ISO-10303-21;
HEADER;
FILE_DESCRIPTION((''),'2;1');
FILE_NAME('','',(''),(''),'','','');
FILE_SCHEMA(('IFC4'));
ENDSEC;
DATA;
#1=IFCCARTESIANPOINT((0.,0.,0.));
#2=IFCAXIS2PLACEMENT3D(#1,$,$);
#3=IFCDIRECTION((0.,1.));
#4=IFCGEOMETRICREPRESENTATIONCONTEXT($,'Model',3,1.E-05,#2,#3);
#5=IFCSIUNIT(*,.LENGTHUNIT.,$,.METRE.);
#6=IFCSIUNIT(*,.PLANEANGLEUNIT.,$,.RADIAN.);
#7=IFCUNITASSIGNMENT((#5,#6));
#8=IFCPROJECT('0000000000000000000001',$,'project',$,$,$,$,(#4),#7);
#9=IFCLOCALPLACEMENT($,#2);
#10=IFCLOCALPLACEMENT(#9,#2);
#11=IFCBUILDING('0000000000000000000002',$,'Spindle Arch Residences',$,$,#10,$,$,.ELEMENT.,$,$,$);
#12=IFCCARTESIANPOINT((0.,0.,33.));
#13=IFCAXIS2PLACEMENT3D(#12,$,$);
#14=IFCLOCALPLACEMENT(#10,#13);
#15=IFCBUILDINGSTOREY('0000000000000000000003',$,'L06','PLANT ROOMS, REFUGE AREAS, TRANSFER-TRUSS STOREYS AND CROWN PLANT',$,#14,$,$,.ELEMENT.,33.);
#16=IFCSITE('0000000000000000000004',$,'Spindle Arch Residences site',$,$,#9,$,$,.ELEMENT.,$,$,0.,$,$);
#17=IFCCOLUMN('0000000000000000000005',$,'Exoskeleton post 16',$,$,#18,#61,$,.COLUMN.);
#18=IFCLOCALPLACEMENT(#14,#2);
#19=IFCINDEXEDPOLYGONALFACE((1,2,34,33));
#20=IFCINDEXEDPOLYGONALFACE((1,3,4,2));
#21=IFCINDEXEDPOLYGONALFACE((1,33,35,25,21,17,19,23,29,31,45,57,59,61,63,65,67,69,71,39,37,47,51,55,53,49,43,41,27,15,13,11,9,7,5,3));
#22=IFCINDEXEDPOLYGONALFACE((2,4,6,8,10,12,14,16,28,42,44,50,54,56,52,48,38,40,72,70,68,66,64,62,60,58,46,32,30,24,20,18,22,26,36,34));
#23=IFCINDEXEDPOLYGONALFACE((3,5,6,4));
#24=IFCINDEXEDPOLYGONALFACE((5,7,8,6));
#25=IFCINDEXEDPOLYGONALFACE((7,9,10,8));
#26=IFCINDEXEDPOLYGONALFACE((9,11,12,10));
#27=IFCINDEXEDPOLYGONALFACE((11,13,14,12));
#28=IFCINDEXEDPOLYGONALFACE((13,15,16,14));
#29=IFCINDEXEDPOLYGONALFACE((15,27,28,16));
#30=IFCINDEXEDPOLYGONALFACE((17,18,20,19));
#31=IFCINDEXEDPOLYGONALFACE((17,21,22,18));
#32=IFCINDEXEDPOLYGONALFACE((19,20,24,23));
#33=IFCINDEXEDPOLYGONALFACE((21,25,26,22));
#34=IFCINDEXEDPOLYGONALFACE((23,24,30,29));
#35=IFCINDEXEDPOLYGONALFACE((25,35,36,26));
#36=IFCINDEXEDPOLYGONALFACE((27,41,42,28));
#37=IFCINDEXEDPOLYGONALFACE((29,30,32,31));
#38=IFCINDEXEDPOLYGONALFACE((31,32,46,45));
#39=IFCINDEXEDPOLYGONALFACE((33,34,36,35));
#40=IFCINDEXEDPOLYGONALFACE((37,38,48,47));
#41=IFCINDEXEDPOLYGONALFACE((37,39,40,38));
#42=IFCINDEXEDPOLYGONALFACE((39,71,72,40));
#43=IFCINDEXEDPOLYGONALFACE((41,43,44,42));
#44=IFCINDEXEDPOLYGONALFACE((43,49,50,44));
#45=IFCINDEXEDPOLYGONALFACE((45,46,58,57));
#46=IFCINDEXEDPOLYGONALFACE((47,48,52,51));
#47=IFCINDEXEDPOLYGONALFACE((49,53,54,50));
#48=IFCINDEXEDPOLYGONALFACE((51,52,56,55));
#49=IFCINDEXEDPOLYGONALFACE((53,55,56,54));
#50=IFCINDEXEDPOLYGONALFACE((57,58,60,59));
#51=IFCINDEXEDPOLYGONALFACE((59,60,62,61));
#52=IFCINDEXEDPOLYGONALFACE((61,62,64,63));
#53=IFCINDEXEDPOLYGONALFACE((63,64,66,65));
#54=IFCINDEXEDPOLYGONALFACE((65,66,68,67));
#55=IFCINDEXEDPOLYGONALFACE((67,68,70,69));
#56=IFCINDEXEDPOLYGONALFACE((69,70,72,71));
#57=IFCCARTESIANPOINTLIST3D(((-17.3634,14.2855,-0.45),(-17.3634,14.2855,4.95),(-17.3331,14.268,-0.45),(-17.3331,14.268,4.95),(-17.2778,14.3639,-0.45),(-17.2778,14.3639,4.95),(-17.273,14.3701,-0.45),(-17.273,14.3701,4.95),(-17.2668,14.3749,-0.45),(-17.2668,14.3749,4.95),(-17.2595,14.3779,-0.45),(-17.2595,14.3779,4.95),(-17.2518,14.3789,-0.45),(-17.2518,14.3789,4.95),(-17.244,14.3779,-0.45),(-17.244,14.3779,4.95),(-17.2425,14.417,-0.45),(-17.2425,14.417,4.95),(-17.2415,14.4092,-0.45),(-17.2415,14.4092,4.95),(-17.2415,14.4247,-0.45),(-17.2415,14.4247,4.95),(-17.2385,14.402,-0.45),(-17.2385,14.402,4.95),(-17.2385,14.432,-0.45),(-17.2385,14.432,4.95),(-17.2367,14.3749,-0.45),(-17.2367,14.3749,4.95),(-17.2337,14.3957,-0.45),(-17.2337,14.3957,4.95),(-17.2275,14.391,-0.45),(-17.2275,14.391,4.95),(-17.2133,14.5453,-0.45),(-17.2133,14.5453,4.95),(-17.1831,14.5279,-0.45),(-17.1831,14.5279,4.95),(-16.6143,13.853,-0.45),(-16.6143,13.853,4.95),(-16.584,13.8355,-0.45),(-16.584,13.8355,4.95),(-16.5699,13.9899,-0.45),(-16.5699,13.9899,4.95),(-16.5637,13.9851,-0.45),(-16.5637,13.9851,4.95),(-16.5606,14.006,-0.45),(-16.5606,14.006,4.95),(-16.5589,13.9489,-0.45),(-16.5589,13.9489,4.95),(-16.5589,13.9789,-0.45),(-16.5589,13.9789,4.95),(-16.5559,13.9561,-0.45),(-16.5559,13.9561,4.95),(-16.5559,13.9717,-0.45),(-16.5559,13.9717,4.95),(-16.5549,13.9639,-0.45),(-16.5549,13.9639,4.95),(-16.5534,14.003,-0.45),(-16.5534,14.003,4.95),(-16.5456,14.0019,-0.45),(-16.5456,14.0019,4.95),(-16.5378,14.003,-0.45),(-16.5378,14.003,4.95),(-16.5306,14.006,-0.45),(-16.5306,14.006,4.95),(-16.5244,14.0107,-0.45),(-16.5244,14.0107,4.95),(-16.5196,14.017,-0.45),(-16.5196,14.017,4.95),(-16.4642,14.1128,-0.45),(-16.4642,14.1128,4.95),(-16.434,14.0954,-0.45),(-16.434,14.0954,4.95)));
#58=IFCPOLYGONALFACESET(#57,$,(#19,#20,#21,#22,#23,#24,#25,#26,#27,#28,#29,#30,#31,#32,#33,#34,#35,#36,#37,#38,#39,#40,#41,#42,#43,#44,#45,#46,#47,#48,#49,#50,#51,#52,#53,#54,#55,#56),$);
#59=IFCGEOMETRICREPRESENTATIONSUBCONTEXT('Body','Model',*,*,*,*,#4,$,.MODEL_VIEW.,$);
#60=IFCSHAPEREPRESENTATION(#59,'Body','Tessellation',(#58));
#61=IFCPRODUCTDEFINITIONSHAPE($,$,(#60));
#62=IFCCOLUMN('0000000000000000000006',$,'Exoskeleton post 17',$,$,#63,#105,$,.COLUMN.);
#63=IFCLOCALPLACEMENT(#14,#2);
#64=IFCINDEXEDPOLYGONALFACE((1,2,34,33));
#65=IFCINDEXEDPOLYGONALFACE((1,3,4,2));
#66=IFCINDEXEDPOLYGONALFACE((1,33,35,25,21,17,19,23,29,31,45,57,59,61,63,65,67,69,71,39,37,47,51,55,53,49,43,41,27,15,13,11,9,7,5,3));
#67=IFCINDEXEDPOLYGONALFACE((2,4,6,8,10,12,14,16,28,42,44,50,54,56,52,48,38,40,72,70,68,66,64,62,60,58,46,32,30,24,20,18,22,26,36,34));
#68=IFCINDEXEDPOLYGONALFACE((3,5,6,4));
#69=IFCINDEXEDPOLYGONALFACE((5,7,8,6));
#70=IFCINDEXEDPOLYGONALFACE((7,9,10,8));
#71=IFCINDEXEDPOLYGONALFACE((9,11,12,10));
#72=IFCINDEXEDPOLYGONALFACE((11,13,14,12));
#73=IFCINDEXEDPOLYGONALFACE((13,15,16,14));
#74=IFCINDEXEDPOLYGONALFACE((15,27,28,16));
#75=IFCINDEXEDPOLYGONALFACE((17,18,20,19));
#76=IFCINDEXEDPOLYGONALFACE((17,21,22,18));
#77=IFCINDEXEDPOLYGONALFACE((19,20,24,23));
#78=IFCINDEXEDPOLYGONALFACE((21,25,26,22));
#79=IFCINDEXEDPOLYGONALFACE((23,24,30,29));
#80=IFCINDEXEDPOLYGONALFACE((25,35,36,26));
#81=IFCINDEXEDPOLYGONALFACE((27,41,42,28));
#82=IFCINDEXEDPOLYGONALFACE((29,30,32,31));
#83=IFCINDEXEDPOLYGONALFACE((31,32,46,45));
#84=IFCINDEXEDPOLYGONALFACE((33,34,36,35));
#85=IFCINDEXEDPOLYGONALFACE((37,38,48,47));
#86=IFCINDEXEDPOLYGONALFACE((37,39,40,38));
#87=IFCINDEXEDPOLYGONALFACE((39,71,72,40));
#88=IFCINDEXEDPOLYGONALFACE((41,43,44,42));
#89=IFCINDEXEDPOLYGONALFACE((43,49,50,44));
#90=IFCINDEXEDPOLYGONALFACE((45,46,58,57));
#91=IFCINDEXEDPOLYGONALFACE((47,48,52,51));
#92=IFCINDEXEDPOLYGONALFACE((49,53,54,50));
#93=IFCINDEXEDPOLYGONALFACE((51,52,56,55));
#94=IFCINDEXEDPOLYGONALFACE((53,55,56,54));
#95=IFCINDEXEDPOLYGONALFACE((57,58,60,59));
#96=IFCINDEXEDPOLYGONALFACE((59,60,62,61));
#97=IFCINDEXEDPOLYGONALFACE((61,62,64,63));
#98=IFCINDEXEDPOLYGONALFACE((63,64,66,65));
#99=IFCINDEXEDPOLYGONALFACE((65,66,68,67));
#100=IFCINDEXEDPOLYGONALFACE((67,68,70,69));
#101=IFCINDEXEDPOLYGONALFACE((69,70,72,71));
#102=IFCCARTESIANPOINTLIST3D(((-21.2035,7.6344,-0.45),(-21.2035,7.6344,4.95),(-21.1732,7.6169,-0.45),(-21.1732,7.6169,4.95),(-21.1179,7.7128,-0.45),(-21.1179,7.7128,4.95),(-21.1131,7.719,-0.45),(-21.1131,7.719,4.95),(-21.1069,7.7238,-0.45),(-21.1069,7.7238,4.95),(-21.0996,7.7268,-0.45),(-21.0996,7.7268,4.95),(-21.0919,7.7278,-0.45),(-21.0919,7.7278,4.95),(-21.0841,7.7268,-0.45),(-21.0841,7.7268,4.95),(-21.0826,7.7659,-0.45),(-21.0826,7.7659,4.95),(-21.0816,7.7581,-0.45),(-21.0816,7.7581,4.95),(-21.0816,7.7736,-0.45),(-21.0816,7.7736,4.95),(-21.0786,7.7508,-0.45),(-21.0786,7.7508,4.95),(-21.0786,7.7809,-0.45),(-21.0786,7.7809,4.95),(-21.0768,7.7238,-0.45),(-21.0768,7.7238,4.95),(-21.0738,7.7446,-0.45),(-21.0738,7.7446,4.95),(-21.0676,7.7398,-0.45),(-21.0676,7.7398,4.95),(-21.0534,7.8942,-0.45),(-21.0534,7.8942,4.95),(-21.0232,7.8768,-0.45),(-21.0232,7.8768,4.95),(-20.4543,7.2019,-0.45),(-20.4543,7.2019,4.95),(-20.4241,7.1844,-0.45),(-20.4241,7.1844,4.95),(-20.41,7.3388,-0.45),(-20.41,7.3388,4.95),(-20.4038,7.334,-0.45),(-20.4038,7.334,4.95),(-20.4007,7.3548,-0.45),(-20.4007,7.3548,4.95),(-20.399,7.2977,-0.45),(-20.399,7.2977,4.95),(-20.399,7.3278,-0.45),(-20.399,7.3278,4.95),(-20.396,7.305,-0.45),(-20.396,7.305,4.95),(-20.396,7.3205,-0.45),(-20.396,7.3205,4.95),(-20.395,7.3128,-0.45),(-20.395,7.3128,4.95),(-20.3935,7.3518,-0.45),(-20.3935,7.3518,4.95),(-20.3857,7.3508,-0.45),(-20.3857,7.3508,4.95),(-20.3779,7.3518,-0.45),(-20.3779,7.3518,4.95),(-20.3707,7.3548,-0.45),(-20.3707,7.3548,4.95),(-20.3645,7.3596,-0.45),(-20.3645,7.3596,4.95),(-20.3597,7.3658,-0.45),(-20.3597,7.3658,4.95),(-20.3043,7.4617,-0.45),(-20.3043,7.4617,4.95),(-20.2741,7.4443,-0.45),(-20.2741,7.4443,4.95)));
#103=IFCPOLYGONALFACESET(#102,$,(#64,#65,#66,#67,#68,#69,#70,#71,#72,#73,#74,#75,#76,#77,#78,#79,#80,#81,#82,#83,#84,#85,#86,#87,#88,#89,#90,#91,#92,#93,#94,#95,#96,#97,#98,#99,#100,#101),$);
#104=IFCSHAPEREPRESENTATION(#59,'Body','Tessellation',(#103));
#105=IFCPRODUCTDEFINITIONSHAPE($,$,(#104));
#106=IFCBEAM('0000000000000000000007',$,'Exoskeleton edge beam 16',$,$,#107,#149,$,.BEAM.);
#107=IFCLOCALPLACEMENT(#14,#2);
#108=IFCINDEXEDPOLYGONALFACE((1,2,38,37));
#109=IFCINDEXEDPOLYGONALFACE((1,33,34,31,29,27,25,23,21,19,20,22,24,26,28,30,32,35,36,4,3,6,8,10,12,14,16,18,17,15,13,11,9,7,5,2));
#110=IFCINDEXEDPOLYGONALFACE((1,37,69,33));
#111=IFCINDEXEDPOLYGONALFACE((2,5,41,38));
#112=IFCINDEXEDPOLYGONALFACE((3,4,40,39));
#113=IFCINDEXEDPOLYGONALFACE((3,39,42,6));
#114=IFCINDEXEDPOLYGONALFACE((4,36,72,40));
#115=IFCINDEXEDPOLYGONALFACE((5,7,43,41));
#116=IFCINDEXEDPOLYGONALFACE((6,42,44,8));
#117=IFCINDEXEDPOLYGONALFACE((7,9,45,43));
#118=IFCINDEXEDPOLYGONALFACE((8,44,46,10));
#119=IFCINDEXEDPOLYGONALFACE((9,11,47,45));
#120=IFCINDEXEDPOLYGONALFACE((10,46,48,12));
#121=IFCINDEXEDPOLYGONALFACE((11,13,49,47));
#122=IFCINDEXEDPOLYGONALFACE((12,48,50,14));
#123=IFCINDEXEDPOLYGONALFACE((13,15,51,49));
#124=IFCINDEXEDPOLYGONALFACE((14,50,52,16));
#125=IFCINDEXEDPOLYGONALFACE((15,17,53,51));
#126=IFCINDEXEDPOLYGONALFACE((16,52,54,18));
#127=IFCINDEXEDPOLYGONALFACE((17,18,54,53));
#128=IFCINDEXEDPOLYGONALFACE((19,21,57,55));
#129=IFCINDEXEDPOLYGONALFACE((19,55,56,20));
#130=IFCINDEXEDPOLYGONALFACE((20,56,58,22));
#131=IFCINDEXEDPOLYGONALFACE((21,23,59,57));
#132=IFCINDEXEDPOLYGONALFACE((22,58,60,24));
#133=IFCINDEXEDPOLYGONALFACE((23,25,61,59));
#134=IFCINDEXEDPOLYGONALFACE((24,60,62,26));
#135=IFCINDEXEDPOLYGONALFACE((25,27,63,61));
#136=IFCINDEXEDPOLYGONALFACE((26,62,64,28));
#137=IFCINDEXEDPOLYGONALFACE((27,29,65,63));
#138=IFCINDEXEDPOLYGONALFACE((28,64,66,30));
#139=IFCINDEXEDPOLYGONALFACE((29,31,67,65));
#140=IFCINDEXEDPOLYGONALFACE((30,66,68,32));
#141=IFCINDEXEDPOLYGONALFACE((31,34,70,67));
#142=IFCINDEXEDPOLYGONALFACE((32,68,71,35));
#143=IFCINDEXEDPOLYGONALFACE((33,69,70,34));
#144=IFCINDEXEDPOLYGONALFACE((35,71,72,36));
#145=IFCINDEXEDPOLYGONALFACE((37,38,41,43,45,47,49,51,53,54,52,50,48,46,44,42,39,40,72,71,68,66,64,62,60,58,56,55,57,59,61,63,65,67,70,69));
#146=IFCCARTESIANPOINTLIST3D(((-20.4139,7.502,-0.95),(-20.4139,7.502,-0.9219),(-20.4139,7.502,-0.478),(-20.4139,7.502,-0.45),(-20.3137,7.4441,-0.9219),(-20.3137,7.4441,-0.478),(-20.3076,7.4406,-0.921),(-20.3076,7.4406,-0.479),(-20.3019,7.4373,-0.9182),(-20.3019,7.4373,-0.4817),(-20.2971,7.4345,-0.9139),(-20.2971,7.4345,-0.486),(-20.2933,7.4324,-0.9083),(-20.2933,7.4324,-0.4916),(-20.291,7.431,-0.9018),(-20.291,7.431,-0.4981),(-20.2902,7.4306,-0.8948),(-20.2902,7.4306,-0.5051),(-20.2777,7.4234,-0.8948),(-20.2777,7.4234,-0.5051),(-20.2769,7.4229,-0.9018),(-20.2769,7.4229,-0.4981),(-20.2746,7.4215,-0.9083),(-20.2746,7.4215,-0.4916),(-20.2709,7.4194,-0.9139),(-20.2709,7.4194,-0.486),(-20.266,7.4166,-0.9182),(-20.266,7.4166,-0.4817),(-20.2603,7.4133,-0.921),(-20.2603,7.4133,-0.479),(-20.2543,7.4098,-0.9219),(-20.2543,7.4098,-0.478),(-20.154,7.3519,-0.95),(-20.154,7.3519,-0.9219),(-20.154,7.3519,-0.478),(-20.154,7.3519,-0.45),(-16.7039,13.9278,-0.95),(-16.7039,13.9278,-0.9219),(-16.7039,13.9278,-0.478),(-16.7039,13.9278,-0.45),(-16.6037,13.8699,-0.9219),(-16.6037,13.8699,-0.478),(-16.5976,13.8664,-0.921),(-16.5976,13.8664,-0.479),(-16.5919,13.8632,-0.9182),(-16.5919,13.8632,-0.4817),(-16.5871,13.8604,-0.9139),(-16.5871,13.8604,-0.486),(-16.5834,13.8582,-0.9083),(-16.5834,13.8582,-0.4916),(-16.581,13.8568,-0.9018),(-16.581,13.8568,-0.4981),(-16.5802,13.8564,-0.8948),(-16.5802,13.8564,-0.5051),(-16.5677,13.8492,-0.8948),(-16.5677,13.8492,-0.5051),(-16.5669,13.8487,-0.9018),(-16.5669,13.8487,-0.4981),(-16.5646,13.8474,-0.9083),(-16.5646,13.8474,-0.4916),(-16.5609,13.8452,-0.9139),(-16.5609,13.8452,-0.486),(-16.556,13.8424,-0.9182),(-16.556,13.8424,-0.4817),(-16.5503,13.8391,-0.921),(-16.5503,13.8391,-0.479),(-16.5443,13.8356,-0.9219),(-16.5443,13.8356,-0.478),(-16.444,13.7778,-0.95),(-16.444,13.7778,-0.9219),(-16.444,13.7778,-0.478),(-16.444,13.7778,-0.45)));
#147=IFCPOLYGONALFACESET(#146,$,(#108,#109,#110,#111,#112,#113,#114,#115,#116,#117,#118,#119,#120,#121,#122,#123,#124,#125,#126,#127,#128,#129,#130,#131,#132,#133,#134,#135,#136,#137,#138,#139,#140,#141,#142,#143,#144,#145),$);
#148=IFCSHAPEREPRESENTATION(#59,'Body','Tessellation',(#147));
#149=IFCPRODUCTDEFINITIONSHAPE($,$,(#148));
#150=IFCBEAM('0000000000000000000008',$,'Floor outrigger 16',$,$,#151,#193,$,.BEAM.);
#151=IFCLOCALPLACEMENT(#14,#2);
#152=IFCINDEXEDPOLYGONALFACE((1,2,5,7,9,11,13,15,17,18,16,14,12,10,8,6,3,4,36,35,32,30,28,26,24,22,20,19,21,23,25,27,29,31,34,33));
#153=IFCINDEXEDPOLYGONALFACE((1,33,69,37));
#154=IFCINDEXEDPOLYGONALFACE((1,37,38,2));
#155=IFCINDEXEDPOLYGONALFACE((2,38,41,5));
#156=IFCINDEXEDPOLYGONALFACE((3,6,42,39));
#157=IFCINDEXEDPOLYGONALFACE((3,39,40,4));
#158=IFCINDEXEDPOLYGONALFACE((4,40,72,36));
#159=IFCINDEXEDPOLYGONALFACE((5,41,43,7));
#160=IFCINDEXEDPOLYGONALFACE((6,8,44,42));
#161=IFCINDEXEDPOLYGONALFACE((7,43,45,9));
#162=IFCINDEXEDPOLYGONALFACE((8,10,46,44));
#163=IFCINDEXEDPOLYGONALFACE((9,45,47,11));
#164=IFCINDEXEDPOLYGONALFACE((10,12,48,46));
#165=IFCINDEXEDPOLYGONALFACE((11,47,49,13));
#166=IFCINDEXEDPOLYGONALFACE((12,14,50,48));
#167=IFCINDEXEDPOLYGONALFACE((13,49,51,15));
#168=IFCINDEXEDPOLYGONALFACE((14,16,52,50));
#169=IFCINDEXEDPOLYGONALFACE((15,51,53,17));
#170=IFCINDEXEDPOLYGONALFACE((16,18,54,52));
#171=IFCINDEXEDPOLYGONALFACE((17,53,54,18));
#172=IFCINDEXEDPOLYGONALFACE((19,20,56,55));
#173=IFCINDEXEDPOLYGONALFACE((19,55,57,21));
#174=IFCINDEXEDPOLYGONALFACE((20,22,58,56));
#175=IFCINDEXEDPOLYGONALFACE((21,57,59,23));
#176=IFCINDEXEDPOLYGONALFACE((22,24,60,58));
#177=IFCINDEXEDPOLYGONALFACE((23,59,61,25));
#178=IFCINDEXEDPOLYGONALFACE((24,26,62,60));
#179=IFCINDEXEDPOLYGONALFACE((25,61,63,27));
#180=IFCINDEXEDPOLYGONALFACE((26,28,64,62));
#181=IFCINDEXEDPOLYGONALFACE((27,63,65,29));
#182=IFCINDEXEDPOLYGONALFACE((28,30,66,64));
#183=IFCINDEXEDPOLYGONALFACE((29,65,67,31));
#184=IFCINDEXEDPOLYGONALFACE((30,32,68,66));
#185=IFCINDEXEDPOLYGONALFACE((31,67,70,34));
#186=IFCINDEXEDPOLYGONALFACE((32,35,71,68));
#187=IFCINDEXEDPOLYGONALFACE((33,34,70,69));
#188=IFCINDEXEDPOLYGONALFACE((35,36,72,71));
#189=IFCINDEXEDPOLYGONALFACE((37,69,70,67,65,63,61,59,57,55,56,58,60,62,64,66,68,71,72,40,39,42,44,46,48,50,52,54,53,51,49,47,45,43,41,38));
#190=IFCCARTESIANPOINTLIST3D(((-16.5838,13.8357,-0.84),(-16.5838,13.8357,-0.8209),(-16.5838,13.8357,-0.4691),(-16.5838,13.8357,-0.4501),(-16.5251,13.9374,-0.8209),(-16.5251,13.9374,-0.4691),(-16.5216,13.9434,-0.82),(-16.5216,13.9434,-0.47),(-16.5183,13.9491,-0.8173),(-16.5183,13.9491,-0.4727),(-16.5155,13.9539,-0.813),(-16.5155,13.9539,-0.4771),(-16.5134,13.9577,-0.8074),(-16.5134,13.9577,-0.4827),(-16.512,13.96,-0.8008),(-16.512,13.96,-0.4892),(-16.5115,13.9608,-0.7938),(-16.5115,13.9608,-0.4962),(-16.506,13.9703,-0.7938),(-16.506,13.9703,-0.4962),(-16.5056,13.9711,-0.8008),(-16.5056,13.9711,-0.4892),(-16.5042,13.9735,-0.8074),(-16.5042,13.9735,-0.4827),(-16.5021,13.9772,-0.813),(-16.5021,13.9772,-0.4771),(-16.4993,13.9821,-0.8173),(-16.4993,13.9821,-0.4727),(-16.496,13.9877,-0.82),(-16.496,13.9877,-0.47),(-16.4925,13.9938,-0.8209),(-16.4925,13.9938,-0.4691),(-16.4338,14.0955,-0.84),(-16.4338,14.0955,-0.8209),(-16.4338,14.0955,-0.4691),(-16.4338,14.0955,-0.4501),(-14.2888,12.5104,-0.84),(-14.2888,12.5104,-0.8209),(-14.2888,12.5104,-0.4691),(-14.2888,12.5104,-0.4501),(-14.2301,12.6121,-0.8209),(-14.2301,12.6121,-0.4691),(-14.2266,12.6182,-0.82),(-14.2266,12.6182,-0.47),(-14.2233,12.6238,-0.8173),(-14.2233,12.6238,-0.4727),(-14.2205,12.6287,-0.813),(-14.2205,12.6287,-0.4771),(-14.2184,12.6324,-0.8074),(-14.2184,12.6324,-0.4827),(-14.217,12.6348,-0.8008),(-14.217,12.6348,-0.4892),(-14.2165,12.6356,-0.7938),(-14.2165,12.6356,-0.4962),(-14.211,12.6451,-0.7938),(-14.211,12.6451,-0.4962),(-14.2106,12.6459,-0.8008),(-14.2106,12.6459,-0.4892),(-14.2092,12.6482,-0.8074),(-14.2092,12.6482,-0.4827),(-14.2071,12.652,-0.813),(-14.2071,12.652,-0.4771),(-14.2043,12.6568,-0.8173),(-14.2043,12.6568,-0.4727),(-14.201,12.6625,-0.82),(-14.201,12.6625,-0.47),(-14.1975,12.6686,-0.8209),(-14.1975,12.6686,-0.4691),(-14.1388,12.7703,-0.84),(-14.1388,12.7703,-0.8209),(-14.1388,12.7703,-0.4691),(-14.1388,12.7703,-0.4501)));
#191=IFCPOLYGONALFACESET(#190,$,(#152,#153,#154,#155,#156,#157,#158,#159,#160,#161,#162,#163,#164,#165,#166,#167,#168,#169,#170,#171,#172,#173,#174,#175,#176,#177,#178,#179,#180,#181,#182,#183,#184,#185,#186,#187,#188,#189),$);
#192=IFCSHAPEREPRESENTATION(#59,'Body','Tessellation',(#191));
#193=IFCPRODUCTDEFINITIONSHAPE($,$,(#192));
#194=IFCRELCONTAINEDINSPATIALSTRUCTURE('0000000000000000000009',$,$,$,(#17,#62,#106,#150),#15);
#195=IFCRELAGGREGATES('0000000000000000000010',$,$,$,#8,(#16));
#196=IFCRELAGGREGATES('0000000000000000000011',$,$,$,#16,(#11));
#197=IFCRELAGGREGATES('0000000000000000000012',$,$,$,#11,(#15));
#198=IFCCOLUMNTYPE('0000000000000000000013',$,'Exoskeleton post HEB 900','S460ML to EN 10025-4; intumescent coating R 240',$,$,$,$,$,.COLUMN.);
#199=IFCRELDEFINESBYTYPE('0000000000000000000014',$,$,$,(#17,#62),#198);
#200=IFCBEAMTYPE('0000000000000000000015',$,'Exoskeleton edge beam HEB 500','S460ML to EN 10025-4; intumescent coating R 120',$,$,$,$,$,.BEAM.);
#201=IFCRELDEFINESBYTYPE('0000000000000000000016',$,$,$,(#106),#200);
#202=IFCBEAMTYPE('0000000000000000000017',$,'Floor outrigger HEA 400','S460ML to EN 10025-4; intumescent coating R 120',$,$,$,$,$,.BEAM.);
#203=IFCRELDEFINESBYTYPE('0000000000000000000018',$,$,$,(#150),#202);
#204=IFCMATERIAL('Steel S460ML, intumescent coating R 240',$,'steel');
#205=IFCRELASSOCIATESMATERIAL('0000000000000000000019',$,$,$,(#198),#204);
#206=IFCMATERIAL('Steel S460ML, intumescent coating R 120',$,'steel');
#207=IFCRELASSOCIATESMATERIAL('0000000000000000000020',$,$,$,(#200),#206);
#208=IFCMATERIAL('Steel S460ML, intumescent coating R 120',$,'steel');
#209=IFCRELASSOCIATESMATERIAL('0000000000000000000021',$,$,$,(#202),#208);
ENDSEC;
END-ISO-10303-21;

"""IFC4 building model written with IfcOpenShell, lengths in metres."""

from ifc_helpers import new_model, si_unit, direction, frame, origin, origin_2d, place, context, subcontext, project, spatial, i_section, extrude, material, material_profile, profile_set, type_object, element, save


model = new_model("IFC4")

# Units and contexts
model_context = context("Model", 3, precision=1e-05, world=origin(), true_north=direction((0.0, 1.0)))
body_context = subcontext(model_context, "Body", "Model", "MODEL_VIEW")
ifc_project = project(units=[si_unit("LENGTHUNIT", "METRE"), si_unit("PLANEANGLEUNIT", "RADIAN")], contexts=[model_context])

# Site, building, storey
site_placement = place(None, origin())
site = spatial("IfcSite", under=ifc_project, at=site_placement, Name="Spindle Arch Residences site", CompositionType="ELEMENT", RefElevation=0.0)
building_placement = place(site_placement, origin())
building = spatial("IfcBuilding", under=site, at=building_placement, Name="Spindle Arch Residences", CompositionType="ELEMENT")
storey_placement = place(building_placement, frame((0.0, 0.0, 33.0)))
storey = spatial("IfcBuildingStorey", under=building, at=storey_placement, Name="L06", Description="PLANT ROOMS, REFUGE AREAS, TRANSFER-TRUSS STOREYS AND CROWN PLANT", CompositionType="ELEMENT", Elevation=33.0)

# Columns
ifc_material_1 = material(Name="Steel S460ML, intumescent coating R 240", Category="steel")
ifc_material_profile_1 = material_profile(ifc_material_1, i_section(OverallWidth=0.3, OverallDepth=0.8999, WebThickness=0.0186, FlangeThickness=0.0349, FilletRadius=0.03, at=origin_2d()), Name="HEB 900")
ifc_profile_set_1 = profile_set([ifc_material_profile_1], Name="Steel S460ML, intumescent coating R 240")
column_type = type_object("IfcColumnType", Name="Exoskeleton post HEB 900", Description="S460ML to EN 10025-4; intumescent coating R 240", PredefinedType="COLUMN", material=ifc_profile_set_1)
for number, where, z_axis, x_axis, name in (
    (1, (-16.8987, 14.1904, -0.45), (0.0, 0.0, 1.0), (0.5, 0.866025, 0.0), "Exoskeleton post 16"),
    (2, (-20.7388, 7.5393, -0.45), (0.0, 0.0, 1.0), (0.5, 0.866025, 0.0), "Exoskeleton post 17"),
):
    element("IfcColumn", number, at=place(storey_placement, frame(where, z_axis=z_axis, x_axis=x_axis)), inside=storey, type_object=column_type, Name=name, PredefinedType="COLUMN", context=body_context, shape_type="SweptSolid", body=[
        extrude(i_section(OverallWidth=0.3, OverallDepth=0.8999, WebThickness=0.0186, FlangeThickness=0.0349, FilletRadius=0.03, at=origin_2d()), origin(), (0.0, 0.0, 1.0), 5.3999),
    ])

# Beams
ifc_material_2 = material(Name="Steel S460ML, intumescent coating R 120", Category="steel")
ifc_material_profile_2 = material_profile(ifc_material_2, i_section(OverallWidth=0.3, OverallDepth=0.5, WebThickness=0.0144, FlangeThickness=0.0281, FilletRadius=0.0271, at=origin_2d()), Name="HEB 500")
ifc_profile_set_2 = profile_set([ifc_material_profile_2], Name="Steel S460ML, intumescent coating R 120")
beam_type_1 = type_object("IfcBeamType", Name="Exoskeleton edge beam HEB 500", Description="S460ML to EN 10025-4; intumescent coating R 120", PredefinedType="BEAM", material=ifc_profile_set_2)
beam_1_placement = place(storey_placement, frame((-16.574, 13.8528, -0.7), z_axis=(-0.500003, -0.866023, 0.0), x_axis=(0.866023, -0.500003, 0.0)))
element("IfcBeam", 3, at=beam_1_placement, inside=storey, type_object=beam_type_1, Name="Exoskeleton edge beam 16", PredefinedType="BEAM", context=body_context, shape_type="SweptSolid", body=[
    extrude(i_section(OverallWidth=0.3, OverallDepth=0.5, WebThickness=0.0144, FlangeThickness=0.0281, FilletRadius=0.0271, at=origin_2d()), origin(), (0.0, 0.0, 1.0), 7.4199),
])
ifc_material_3 = material(Name="Steel S460ML, intumescent coating R 120", Category="steel")
ifc_material_profile_3 = material_profile(ifc_material_3, i_section(OverallWidth=0.3, OverallDepth=0.3899, WebThickness=0.011, FlangeThickness=0.019, FilletRadius=0.0271, at=origin_2d()), Name="HEA 400")
ifc_profile_set_3 = profile_set([ifc_material_profile_3], Name="Steel S460ML, intumescent coating R 120")
beam_type_2 = type_object("IfcBeamType", Name="Floor outrigger HEA 400", Description="S460ML to EN 10025-4; intumescent coating R 120", PredefinedType="BEAM", material=ifc_profile_set_3)
beam_2_placement = place(storey_placement, frame((-16.5088, 13.9656, -0.645), z_axis=(0.865989, -0.500063, 0.0), x_axis=(0.500063, 0.865989, 0.0)))
element("IfcBeam", 4, at=beam_2_placement, inside=storey, type_object=beam_type_2, Name="Floor outrigger 16", PredefinedType="BEAM", context=body_context, shape_type="SweptSolid", body=[
    extrude(i_section(OverallWidth=0.3, OverallDepth=0.3899, WebThickness=0.011, FlangeThickness=0.019, FilletRadius=0.0271, at=origin_2d()), origin(), (0.0, 0.0, 1.0), 2.6501),
])

save(model, "model.ifc")
